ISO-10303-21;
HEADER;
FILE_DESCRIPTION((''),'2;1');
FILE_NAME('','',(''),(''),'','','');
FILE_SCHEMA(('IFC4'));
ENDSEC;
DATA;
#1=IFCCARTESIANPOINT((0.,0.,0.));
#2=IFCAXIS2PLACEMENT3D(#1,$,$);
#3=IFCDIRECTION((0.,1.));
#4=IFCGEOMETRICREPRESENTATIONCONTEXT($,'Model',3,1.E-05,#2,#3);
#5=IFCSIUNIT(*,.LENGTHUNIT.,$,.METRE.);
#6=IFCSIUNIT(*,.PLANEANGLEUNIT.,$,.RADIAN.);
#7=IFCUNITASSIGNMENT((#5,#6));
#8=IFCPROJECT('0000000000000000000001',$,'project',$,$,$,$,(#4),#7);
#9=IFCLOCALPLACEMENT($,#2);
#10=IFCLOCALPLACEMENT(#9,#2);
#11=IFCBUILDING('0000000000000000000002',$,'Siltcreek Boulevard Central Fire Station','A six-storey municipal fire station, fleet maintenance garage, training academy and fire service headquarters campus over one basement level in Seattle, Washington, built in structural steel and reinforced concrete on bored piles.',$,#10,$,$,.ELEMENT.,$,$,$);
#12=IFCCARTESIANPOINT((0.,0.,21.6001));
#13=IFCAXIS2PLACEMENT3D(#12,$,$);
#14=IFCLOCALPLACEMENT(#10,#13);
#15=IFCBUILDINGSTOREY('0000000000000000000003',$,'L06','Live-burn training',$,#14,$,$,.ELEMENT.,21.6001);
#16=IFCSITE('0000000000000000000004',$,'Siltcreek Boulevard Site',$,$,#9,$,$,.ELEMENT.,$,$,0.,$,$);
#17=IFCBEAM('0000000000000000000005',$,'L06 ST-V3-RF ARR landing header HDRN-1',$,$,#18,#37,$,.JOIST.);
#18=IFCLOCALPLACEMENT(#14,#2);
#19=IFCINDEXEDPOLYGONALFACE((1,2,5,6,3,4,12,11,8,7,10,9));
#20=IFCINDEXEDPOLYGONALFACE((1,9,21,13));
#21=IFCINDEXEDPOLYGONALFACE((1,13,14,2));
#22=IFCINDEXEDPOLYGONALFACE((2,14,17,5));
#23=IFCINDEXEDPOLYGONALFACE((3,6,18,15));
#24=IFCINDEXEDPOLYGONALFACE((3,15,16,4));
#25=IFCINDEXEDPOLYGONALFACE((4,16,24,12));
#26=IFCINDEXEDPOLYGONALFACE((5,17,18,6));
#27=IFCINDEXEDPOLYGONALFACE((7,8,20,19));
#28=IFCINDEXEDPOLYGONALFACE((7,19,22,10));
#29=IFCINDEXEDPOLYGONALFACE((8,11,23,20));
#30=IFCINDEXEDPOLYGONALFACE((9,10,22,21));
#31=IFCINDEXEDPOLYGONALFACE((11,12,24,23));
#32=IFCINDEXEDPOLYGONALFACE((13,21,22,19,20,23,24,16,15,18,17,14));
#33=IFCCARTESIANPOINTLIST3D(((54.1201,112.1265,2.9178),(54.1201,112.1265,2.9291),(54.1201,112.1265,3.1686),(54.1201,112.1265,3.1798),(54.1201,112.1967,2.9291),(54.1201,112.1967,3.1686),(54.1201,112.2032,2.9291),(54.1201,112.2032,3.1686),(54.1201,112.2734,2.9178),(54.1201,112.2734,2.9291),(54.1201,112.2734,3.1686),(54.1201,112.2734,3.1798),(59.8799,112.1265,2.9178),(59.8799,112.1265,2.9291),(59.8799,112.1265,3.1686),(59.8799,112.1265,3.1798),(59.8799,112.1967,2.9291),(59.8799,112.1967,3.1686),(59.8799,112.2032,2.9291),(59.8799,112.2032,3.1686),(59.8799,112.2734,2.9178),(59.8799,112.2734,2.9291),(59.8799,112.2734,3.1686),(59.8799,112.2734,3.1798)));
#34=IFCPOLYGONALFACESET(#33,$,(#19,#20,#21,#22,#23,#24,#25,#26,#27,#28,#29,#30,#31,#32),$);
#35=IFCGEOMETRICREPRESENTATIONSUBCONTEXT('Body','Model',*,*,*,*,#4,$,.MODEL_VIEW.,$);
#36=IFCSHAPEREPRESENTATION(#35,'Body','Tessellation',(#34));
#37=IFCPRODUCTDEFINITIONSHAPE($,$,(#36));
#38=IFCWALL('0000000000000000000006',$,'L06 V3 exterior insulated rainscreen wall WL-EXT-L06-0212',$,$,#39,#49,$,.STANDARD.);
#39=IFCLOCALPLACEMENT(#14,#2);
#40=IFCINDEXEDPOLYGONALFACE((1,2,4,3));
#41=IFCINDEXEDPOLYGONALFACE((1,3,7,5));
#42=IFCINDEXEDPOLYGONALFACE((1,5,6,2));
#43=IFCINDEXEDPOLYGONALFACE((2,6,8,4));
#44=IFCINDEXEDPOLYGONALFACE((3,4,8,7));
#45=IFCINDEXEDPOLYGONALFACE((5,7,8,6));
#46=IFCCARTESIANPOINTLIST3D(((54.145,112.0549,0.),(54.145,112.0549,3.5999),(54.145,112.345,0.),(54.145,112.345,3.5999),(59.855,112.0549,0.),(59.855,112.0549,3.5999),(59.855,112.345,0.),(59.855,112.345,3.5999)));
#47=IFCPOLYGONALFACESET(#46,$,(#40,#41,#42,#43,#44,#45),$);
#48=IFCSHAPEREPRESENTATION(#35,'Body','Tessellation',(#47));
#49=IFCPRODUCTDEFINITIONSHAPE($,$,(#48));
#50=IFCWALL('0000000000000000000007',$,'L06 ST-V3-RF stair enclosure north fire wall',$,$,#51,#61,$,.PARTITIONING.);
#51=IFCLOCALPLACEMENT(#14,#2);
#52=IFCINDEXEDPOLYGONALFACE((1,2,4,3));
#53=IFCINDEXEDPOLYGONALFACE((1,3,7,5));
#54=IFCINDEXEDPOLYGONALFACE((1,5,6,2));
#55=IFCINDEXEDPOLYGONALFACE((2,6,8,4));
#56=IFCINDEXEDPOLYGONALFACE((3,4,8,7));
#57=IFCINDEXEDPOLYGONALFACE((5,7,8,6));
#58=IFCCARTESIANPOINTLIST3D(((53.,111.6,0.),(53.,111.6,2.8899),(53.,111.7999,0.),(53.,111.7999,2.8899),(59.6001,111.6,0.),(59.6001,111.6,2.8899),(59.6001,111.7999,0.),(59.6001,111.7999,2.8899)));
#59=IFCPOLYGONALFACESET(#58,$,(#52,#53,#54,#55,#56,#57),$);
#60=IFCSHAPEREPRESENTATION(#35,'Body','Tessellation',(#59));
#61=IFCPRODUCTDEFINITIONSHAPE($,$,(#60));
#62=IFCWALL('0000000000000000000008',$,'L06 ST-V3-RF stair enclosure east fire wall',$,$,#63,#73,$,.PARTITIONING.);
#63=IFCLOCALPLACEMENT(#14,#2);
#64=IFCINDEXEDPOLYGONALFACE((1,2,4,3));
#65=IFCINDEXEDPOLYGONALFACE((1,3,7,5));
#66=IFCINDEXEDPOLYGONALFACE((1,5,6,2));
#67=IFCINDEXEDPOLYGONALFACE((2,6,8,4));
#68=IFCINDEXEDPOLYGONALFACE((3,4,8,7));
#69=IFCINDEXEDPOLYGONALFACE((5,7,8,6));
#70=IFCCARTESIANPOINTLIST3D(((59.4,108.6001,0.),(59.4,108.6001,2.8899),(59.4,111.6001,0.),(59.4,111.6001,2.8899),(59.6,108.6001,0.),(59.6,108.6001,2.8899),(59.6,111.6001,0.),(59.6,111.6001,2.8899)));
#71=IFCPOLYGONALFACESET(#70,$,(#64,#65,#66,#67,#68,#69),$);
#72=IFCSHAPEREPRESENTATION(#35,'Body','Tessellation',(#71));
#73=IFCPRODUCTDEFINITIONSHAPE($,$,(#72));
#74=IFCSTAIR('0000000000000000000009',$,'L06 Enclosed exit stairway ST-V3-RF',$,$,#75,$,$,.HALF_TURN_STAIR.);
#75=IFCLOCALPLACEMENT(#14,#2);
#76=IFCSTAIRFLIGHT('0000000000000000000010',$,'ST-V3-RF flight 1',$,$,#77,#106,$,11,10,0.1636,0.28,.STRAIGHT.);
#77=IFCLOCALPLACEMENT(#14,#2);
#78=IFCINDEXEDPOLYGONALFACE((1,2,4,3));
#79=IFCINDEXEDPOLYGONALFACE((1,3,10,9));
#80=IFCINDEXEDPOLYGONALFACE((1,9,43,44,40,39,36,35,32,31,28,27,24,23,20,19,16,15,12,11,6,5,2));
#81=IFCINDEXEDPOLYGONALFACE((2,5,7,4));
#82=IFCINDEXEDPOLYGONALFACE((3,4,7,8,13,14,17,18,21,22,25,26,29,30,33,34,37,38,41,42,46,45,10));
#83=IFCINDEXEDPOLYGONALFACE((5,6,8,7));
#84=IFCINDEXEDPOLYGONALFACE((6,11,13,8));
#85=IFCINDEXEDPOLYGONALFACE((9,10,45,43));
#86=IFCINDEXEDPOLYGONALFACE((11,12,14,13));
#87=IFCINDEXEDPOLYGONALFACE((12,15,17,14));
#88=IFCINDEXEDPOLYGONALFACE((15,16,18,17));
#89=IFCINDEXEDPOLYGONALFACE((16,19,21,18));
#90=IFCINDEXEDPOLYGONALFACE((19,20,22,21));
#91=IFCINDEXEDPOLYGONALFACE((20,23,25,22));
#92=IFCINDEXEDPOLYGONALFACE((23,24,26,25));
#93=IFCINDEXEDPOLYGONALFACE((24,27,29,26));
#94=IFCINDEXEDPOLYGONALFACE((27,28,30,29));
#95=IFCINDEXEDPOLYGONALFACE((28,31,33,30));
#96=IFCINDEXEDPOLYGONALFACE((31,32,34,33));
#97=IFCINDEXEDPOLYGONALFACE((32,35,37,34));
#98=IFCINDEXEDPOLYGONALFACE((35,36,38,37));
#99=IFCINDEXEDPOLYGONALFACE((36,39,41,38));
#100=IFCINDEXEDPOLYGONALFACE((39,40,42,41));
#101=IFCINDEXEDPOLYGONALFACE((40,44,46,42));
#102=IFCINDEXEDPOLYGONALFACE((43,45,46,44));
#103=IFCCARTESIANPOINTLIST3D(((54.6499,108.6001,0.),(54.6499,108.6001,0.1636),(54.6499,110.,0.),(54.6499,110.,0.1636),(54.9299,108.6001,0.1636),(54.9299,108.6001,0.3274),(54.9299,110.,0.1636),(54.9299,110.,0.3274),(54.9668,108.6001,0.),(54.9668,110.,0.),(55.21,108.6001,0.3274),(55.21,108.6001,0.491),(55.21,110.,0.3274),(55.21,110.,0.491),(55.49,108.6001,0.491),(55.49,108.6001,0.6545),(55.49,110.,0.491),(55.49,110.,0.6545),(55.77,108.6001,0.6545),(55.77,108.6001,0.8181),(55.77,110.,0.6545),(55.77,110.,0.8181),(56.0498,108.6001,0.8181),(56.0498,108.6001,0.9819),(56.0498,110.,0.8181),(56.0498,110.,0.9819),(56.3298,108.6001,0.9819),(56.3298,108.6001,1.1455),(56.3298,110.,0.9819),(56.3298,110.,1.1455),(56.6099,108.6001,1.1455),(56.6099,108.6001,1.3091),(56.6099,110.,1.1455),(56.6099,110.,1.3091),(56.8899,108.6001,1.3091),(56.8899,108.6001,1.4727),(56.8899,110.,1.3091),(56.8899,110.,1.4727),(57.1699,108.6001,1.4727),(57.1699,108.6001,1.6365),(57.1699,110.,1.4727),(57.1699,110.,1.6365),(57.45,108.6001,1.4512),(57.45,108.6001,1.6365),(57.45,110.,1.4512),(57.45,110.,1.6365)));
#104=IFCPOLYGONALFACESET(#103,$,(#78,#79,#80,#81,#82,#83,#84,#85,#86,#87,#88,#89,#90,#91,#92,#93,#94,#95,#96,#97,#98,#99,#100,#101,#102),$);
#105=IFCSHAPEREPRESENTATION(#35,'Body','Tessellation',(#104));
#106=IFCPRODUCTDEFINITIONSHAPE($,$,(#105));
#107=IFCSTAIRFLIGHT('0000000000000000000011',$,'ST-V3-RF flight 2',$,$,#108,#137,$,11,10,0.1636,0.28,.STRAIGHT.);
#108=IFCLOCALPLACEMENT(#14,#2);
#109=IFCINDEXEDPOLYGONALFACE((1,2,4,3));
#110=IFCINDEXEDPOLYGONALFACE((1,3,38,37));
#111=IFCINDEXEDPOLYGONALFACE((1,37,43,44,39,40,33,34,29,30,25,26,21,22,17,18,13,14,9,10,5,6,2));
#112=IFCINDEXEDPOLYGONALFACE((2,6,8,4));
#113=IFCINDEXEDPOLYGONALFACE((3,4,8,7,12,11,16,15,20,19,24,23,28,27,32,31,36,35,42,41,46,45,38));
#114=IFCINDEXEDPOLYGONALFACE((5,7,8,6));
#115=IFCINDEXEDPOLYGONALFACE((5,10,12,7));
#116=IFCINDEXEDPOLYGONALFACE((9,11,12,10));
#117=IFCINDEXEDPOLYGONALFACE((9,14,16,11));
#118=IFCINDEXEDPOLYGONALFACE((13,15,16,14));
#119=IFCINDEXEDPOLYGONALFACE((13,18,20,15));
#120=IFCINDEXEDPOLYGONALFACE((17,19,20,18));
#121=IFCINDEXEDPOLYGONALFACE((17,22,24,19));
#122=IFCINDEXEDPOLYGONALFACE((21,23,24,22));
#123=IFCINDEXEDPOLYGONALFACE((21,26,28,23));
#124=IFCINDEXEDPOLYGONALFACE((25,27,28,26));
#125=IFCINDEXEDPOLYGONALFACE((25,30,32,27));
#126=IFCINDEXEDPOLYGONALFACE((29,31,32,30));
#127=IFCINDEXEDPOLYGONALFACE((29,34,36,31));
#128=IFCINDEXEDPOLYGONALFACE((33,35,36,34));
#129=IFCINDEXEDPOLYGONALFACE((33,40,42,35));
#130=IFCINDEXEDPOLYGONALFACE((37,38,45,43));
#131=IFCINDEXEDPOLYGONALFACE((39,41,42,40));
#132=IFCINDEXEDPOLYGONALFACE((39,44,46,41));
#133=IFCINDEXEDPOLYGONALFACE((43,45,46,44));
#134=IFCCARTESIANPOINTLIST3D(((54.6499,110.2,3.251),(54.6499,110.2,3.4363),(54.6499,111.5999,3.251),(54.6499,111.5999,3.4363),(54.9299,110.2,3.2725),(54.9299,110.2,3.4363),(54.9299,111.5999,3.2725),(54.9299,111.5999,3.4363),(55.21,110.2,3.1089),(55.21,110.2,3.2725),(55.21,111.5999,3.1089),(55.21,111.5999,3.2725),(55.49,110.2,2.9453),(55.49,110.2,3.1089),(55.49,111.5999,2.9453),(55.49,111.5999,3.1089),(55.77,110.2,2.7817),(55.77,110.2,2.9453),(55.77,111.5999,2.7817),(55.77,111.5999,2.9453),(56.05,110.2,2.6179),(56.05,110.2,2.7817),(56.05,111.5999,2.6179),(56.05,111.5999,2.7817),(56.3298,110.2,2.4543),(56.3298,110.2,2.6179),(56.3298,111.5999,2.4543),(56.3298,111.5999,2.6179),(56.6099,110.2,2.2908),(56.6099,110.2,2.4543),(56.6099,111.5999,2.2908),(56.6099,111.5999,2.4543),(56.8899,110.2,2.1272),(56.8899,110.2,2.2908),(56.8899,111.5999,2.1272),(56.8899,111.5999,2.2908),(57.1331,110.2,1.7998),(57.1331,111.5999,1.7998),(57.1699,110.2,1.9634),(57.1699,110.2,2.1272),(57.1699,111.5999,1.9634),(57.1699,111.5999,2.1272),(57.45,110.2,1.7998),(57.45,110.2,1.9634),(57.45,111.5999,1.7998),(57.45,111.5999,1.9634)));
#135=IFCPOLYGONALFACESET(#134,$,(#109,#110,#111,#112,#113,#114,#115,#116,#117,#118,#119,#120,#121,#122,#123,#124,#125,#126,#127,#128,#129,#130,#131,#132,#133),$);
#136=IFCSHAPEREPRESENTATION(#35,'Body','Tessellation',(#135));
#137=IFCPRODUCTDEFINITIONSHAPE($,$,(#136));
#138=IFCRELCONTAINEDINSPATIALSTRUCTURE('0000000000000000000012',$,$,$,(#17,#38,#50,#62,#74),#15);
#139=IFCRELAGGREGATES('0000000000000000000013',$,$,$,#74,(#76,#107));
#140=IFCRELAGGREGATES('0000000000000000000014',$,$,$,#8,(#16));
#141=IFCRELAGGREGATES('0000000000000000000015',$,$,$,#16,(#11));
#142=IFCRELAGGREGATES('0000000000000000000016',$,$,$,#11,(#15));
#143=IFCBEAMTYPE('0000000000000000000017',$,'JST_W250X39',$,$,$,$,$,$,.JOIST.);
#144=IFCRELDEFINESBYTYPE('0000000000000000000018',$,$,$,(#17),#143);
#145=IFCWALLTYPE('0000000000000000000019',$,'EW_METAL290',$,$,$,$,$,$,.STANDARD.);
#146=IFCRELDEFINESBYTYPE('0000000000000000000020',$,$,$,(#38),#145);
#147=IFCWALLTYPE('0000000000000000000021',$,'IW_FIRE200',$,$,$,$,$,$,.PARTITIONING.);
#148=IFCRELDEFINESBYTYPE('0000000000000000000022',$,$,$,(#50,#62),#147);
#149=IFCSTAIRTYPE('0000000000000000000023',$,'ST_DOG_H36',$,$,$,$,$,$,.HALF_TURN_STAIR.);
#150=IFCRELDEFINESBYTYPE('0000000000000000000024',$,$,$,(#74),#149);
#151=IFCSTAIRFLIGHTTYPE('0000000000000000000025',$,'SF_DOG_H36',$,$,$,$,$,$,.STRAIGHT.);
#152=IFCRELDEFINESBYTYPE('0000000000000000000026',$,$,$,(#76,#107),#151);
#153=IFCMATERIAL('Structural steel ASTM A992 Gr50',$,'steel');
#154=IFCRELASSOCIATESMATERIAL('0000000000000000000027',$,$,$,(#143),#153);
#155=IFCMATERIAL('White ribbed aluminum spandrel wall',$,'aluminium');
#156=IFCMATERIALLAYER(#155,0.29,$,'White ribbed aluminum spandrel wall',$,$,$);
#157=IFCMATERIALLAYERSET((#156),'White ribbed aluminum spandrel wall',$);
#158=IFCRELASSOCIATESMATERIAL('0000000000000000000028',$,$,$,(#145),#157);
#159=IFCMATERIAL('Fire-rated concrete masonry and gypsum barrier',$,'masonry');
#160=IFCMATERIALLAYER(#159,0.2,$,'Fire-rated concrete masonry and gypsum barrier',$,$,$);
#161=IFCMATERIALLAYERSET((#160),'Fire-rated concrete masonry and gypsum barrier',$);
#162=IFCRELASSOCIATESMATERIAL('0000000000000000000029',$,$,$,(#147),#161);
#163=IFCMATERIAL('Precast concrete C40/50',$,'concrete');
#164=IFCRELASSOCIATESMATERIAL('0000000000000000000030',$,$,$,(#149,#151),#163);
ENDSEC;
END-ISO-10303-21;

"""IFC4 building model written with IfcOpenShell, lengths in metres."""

from ifc_helpers import new_model, si_unit, direction, frame, frame_2d, origin, origin_2d, place, context, subcontext, project, spatial, polyline, rectangle, i_section, outline, extrude, material, layer, layer_set, material_profile, profile_set, type_object, element, aggregate, save


model = new_model("IFC4")

# Units and contexts
model_context = context("Model", 3, precision=1e-05, world=origin(), true_north=direction((0.0, 1.0)))
body_context = subcontext(model_context, "Body", "Model", "MODEL_VIEW")
ifc_project = project(units=[si_unit("LENGTHUNIT", "METRE"), si_unit("PLANEANGLEUNIT", "RADIAN")], contexts=[model_context])

# Site, building, storey
site_placement = place(None, origin())
site = spatial("IfcSite", under=ifc_project, at=site_placement, Name="Siltcreek Boulevard Site", CompositionType="ELEMENT", RefElevation=0.0)
building_placement = place(site_placement, origin())
building = spatial("IfcBuilding", under=site, at=building_placement, Name="Siltcreek Boulevard Central Fire Station", Description="A six-storey municipal fire station, fleet maintenance garage, training academy and fire service headquarters campus over one basement level in Seattle, Washington, built in structural steel and reinforced concrete on bored piles.", CompositionType="ELEMENT")
storey_placement = place(building_placement, frame((0.0, 0.0, 21.6001)))
storey = spatial("IfcBuildingStorey", under=building, at=storey_placement, Name="L06", Description="Live-burn training", CompositionType="ELEMENT", Elevation=21.6001)

# Shared definitions
ifc_material_1 = material(Name="Structural steel ASTM A992 Gr50", Category="steel")

# Beam
ifc_material_profile_1 = material_profile(ifc_material_1, i_section(OverallWidth=0.147, OverallDepth=0.262, WebThickness=0.0066, FlangeThickness=0.0112, at=origin_2d()), Name="W250X39")
ifc_profile_set_1 = profile_set([ifc_material_profile_1], Name="Structural steel ASTM A992 Gr50")
beam_type = type_object("IfcBeamType", Name="JST_W250X39", PredefinedType="JOIST", material=ifc_profile_set_1)
beam_placement = place(storey_placement, frame((54.1201, 112.2, 3.0488), z_axis=(1.0, 0.0, 0.0), x_axis=(0.0, 1.0, 0.0)))
element("IfcBeam", 1, at=beam_placement, inside=storey, type_object=beam_type, Name="L06 ST-V3-RF ARR landing header HDRN-1", PredefinedType="JOIST", context=body_context, shape_type="SweptSolid", body=[
    extrude(i_section(OverallWidth=0.147, OverallDepth=0.262, WebThickness=0.0066, FlangeThickness=0.0112, at=origin_2d()), origin(), (0.0, 0.0, 1.0), 5.7598),
])

# Walls
ifc_material_2 = material(Name="White ribbed aluminum spandrel wall", Category="aluminium")
ifc_layer_1 = layer(ifc_material_2, 0.29, Name="White ribbed aluminum spandrel wall")
ifc_layer_set_1 = layer_set([ifc_layer_1], Name="White ribbed aluminum spandrel wall")
wall_type_1 = type_object("IfcWallType", Name="EW_METAL290", PredefinedType="STANDARD", material=ifc_layer_set_1)
wall_1_placement = place(storey_placement, frame((59.855, 112.2, 0.0), z_axis=(0.0, 0.0, 1.0), x_axis=(-1.0, 0.0, 0.0)))
element("IfcWall", 2, at=wall_1_placement, inside=storey, type_object=wall_type_1, Name="L06 V3 exterior insulated rainscreen wall WL-EXT-L06-0212", PredefinedType="STANDARD", context=body_context, shape_type="SweptSolid", body=[
    extrude(rectangle(XDim=5.71, YDim=0.29, at=frame_2d((2.855, 0.0))), origin(), (0.0, 0.0, 1.0), 3.5999),
])
ifc_material_3 = material(Name="Fire-rated concrete masonry and gypsum barrier", Category="masonry")
ifc_layer_2 = layer(ifc_material_3, 0.2, Name="Fire-rated concrete masonry and gypsum barrier")
ifc_layer_set_2 = layer_set([ifc_layer_2], Name="Fire-rated concrete masonry and gypsum barrier")
wall_type_2 = type_object("IfcWallType", Name="IW_FIRE200", PredefinedType="PARTITIONING", material=ifc_layer_set_2)
wall_2_placement = place(storey_placement, frame((59.6001, 111.7, 0.0), z_axis=(0.0, 0.0, 1.0), x_axis=(-1.0, 0.0, 0.0)))
element("IfcWall", 3, at=wall_2_placement, inside=storey, type_object=wall_type_2, Name="L06 ST-V3-RF stair enclosure north fire wall", PredefinedType="PARTITIONING", context=body_context, shape_type="SweptSolid", body=[
    extrude(rectangle(XDim=6.6001, YDim=0.2, at=frame_2d((3.3, 0.0))), origin(), (0.0, 0.0, 1.0), 2.8899),
])
wall_3_placement = place(storey_placement, frame((59.5, 108.6001, 0.0), z_axis=(0.0, 0.0, 1.0), x_axis=(0.0, 1.0, 0.0)))
element("IfcWall", 4, at=wall_3_placement, inside=storey, type_object=wall_type_2, Name="L06 ST-V3-RF stair enclosure east fire wall", PredefinedType="PARTITIONING", context=body_context, shape_type="SweptSolid", body=[
    extrude(rectangle(XDim=3.0, YDim=0.2, at=frame_2d((1.5, 0.0))), origin(), (0.0, 0.0, 1.0), 2.8899),
])

# Stair, stair flights
ifc_material_4 = material(Name="Precast concrete C40/50", Category="concrete")
stair_type = type_object("IfcStairType", Name="ST_DOG_H36", PredefinedType="HALF_TURN_STAIR", material=ifc_material_4)
stair_placement = place(storey_placement, origin())
stair = element("IfcStair", 5, at=stair_placement, inside=storey, type_object=stair_type, Name="L06 Enclosed exit stairway ST-V3-RF", PredefinedType="HALF_TURN_STAIR")
stair_flight_type = type_object("IfcStairFlightType", Name="SF_DOG_H36", PredefinedType="STRAIGHT", material=ifc_material_4)
stair_flight_1_placement = place(storey_placement, frame((54.6499, 109.3, 0.0), z_axis=(0.0, 0.0, 1.0), x_axis=(1.0, 0.0, 0.0)))
stair_flight_1 = element("IfcStairFlight", 6, at=stair_flight_1_placement, type_object=stair_flight_type, Name="ST-V3-RF flight 1", NumberOfRisers=11, NumberOfTreads=10, PredefinedType="STRAIGHT", RiserHeight=0.1636, TreadLength=0.28, context=body_context, shape_type="SweptSolid", body=[
    extrude(outline(polyline([(0.0, 0.0), (0.0, 0.1636), (0.28, 0.1636), (0.28, 0.3274), (0.5601, 0.3274), (0.5601, 0.491), (0.8401, 0.491), (0.8401, 0.6545), (1.1201, 0.6545), (1.1201, 0.8181), (1.3999, 0.8181), (1.3999, 0.9819), (1.6799, 0.9819), (1.6799, 1.1455), (1.96, 1.1455), (1.96, 1.3091), (2.24, 1.3091), (2.24, 1.4727), (2.52, 1.4727), (2.52, 1.6365), (2.8, 1.6365), (2.8, 1.8), (2.8, 1.4512), (0.3169, 0.0), (0.0, 0.0)])), frame((0.0, 0.7, 0.0), z_axis=(0.0, -1.0, 0.0), x_axis=(1.0, 0.0, 0.0)), (0.0, 0.0, 1.0), 1.3999),
])
stair_flight_2_placement = place(storey_placement, frame((57.45, 110.8999, 1.7998), z_axis=(0.0, 0.0, 1.0), x_axis=(-1.0, 0.0, 0.0)))
stair_flight_2 = element("IfcStairFlight", 7, at=stair_flight_2_placement, type_object=stair_flight_type, Name="ST-V3-RF flight 2", NumberOfRisers=11, NumberOfTreads=10, PredefinedType="STRAIGHT", RiserHeight=0.1636, TreadLength=0.28, context=body_context, shape_type="SweptSolid", body=[
    extrude(outline(polyline([(0.0, 0.0), (0.0, 0.1636), (0.28, 0.1636), (0.28, 0.3274), (0.5601, 0.3274), (0.5601, 0.491), (0.8401, 0.491), (0.8401, 0.6545), (1.1201, 0.6545), (1.1201, 0.8181), (1.3999, 0.8181), (1.3999, 0.9819), (1.6799, 0.9819), (1.6799, 1.1455), (1.96, 1.1455), (1.96, 1.3091), (2.24, 1.3091), (2.24, 1.4727), (2.52, 1.4727), (2.52, 1.6365), (2.8, 1.6365), (2.8, 1.8), (2.8, 1.4512), (0.3169, 0.0), (0.0, 0.0)])), frame((0.0, 0.7, 0.0), z_axis=(0.0, -1.0, 0.0), x_axis=(1.0, 0.0, 0.0)), (0.0, 0.0, 1.0), 1.3999),
])
aggregate(stair, [stair_flight_1, stair_flight_2])

save(model, "model.ifc")
